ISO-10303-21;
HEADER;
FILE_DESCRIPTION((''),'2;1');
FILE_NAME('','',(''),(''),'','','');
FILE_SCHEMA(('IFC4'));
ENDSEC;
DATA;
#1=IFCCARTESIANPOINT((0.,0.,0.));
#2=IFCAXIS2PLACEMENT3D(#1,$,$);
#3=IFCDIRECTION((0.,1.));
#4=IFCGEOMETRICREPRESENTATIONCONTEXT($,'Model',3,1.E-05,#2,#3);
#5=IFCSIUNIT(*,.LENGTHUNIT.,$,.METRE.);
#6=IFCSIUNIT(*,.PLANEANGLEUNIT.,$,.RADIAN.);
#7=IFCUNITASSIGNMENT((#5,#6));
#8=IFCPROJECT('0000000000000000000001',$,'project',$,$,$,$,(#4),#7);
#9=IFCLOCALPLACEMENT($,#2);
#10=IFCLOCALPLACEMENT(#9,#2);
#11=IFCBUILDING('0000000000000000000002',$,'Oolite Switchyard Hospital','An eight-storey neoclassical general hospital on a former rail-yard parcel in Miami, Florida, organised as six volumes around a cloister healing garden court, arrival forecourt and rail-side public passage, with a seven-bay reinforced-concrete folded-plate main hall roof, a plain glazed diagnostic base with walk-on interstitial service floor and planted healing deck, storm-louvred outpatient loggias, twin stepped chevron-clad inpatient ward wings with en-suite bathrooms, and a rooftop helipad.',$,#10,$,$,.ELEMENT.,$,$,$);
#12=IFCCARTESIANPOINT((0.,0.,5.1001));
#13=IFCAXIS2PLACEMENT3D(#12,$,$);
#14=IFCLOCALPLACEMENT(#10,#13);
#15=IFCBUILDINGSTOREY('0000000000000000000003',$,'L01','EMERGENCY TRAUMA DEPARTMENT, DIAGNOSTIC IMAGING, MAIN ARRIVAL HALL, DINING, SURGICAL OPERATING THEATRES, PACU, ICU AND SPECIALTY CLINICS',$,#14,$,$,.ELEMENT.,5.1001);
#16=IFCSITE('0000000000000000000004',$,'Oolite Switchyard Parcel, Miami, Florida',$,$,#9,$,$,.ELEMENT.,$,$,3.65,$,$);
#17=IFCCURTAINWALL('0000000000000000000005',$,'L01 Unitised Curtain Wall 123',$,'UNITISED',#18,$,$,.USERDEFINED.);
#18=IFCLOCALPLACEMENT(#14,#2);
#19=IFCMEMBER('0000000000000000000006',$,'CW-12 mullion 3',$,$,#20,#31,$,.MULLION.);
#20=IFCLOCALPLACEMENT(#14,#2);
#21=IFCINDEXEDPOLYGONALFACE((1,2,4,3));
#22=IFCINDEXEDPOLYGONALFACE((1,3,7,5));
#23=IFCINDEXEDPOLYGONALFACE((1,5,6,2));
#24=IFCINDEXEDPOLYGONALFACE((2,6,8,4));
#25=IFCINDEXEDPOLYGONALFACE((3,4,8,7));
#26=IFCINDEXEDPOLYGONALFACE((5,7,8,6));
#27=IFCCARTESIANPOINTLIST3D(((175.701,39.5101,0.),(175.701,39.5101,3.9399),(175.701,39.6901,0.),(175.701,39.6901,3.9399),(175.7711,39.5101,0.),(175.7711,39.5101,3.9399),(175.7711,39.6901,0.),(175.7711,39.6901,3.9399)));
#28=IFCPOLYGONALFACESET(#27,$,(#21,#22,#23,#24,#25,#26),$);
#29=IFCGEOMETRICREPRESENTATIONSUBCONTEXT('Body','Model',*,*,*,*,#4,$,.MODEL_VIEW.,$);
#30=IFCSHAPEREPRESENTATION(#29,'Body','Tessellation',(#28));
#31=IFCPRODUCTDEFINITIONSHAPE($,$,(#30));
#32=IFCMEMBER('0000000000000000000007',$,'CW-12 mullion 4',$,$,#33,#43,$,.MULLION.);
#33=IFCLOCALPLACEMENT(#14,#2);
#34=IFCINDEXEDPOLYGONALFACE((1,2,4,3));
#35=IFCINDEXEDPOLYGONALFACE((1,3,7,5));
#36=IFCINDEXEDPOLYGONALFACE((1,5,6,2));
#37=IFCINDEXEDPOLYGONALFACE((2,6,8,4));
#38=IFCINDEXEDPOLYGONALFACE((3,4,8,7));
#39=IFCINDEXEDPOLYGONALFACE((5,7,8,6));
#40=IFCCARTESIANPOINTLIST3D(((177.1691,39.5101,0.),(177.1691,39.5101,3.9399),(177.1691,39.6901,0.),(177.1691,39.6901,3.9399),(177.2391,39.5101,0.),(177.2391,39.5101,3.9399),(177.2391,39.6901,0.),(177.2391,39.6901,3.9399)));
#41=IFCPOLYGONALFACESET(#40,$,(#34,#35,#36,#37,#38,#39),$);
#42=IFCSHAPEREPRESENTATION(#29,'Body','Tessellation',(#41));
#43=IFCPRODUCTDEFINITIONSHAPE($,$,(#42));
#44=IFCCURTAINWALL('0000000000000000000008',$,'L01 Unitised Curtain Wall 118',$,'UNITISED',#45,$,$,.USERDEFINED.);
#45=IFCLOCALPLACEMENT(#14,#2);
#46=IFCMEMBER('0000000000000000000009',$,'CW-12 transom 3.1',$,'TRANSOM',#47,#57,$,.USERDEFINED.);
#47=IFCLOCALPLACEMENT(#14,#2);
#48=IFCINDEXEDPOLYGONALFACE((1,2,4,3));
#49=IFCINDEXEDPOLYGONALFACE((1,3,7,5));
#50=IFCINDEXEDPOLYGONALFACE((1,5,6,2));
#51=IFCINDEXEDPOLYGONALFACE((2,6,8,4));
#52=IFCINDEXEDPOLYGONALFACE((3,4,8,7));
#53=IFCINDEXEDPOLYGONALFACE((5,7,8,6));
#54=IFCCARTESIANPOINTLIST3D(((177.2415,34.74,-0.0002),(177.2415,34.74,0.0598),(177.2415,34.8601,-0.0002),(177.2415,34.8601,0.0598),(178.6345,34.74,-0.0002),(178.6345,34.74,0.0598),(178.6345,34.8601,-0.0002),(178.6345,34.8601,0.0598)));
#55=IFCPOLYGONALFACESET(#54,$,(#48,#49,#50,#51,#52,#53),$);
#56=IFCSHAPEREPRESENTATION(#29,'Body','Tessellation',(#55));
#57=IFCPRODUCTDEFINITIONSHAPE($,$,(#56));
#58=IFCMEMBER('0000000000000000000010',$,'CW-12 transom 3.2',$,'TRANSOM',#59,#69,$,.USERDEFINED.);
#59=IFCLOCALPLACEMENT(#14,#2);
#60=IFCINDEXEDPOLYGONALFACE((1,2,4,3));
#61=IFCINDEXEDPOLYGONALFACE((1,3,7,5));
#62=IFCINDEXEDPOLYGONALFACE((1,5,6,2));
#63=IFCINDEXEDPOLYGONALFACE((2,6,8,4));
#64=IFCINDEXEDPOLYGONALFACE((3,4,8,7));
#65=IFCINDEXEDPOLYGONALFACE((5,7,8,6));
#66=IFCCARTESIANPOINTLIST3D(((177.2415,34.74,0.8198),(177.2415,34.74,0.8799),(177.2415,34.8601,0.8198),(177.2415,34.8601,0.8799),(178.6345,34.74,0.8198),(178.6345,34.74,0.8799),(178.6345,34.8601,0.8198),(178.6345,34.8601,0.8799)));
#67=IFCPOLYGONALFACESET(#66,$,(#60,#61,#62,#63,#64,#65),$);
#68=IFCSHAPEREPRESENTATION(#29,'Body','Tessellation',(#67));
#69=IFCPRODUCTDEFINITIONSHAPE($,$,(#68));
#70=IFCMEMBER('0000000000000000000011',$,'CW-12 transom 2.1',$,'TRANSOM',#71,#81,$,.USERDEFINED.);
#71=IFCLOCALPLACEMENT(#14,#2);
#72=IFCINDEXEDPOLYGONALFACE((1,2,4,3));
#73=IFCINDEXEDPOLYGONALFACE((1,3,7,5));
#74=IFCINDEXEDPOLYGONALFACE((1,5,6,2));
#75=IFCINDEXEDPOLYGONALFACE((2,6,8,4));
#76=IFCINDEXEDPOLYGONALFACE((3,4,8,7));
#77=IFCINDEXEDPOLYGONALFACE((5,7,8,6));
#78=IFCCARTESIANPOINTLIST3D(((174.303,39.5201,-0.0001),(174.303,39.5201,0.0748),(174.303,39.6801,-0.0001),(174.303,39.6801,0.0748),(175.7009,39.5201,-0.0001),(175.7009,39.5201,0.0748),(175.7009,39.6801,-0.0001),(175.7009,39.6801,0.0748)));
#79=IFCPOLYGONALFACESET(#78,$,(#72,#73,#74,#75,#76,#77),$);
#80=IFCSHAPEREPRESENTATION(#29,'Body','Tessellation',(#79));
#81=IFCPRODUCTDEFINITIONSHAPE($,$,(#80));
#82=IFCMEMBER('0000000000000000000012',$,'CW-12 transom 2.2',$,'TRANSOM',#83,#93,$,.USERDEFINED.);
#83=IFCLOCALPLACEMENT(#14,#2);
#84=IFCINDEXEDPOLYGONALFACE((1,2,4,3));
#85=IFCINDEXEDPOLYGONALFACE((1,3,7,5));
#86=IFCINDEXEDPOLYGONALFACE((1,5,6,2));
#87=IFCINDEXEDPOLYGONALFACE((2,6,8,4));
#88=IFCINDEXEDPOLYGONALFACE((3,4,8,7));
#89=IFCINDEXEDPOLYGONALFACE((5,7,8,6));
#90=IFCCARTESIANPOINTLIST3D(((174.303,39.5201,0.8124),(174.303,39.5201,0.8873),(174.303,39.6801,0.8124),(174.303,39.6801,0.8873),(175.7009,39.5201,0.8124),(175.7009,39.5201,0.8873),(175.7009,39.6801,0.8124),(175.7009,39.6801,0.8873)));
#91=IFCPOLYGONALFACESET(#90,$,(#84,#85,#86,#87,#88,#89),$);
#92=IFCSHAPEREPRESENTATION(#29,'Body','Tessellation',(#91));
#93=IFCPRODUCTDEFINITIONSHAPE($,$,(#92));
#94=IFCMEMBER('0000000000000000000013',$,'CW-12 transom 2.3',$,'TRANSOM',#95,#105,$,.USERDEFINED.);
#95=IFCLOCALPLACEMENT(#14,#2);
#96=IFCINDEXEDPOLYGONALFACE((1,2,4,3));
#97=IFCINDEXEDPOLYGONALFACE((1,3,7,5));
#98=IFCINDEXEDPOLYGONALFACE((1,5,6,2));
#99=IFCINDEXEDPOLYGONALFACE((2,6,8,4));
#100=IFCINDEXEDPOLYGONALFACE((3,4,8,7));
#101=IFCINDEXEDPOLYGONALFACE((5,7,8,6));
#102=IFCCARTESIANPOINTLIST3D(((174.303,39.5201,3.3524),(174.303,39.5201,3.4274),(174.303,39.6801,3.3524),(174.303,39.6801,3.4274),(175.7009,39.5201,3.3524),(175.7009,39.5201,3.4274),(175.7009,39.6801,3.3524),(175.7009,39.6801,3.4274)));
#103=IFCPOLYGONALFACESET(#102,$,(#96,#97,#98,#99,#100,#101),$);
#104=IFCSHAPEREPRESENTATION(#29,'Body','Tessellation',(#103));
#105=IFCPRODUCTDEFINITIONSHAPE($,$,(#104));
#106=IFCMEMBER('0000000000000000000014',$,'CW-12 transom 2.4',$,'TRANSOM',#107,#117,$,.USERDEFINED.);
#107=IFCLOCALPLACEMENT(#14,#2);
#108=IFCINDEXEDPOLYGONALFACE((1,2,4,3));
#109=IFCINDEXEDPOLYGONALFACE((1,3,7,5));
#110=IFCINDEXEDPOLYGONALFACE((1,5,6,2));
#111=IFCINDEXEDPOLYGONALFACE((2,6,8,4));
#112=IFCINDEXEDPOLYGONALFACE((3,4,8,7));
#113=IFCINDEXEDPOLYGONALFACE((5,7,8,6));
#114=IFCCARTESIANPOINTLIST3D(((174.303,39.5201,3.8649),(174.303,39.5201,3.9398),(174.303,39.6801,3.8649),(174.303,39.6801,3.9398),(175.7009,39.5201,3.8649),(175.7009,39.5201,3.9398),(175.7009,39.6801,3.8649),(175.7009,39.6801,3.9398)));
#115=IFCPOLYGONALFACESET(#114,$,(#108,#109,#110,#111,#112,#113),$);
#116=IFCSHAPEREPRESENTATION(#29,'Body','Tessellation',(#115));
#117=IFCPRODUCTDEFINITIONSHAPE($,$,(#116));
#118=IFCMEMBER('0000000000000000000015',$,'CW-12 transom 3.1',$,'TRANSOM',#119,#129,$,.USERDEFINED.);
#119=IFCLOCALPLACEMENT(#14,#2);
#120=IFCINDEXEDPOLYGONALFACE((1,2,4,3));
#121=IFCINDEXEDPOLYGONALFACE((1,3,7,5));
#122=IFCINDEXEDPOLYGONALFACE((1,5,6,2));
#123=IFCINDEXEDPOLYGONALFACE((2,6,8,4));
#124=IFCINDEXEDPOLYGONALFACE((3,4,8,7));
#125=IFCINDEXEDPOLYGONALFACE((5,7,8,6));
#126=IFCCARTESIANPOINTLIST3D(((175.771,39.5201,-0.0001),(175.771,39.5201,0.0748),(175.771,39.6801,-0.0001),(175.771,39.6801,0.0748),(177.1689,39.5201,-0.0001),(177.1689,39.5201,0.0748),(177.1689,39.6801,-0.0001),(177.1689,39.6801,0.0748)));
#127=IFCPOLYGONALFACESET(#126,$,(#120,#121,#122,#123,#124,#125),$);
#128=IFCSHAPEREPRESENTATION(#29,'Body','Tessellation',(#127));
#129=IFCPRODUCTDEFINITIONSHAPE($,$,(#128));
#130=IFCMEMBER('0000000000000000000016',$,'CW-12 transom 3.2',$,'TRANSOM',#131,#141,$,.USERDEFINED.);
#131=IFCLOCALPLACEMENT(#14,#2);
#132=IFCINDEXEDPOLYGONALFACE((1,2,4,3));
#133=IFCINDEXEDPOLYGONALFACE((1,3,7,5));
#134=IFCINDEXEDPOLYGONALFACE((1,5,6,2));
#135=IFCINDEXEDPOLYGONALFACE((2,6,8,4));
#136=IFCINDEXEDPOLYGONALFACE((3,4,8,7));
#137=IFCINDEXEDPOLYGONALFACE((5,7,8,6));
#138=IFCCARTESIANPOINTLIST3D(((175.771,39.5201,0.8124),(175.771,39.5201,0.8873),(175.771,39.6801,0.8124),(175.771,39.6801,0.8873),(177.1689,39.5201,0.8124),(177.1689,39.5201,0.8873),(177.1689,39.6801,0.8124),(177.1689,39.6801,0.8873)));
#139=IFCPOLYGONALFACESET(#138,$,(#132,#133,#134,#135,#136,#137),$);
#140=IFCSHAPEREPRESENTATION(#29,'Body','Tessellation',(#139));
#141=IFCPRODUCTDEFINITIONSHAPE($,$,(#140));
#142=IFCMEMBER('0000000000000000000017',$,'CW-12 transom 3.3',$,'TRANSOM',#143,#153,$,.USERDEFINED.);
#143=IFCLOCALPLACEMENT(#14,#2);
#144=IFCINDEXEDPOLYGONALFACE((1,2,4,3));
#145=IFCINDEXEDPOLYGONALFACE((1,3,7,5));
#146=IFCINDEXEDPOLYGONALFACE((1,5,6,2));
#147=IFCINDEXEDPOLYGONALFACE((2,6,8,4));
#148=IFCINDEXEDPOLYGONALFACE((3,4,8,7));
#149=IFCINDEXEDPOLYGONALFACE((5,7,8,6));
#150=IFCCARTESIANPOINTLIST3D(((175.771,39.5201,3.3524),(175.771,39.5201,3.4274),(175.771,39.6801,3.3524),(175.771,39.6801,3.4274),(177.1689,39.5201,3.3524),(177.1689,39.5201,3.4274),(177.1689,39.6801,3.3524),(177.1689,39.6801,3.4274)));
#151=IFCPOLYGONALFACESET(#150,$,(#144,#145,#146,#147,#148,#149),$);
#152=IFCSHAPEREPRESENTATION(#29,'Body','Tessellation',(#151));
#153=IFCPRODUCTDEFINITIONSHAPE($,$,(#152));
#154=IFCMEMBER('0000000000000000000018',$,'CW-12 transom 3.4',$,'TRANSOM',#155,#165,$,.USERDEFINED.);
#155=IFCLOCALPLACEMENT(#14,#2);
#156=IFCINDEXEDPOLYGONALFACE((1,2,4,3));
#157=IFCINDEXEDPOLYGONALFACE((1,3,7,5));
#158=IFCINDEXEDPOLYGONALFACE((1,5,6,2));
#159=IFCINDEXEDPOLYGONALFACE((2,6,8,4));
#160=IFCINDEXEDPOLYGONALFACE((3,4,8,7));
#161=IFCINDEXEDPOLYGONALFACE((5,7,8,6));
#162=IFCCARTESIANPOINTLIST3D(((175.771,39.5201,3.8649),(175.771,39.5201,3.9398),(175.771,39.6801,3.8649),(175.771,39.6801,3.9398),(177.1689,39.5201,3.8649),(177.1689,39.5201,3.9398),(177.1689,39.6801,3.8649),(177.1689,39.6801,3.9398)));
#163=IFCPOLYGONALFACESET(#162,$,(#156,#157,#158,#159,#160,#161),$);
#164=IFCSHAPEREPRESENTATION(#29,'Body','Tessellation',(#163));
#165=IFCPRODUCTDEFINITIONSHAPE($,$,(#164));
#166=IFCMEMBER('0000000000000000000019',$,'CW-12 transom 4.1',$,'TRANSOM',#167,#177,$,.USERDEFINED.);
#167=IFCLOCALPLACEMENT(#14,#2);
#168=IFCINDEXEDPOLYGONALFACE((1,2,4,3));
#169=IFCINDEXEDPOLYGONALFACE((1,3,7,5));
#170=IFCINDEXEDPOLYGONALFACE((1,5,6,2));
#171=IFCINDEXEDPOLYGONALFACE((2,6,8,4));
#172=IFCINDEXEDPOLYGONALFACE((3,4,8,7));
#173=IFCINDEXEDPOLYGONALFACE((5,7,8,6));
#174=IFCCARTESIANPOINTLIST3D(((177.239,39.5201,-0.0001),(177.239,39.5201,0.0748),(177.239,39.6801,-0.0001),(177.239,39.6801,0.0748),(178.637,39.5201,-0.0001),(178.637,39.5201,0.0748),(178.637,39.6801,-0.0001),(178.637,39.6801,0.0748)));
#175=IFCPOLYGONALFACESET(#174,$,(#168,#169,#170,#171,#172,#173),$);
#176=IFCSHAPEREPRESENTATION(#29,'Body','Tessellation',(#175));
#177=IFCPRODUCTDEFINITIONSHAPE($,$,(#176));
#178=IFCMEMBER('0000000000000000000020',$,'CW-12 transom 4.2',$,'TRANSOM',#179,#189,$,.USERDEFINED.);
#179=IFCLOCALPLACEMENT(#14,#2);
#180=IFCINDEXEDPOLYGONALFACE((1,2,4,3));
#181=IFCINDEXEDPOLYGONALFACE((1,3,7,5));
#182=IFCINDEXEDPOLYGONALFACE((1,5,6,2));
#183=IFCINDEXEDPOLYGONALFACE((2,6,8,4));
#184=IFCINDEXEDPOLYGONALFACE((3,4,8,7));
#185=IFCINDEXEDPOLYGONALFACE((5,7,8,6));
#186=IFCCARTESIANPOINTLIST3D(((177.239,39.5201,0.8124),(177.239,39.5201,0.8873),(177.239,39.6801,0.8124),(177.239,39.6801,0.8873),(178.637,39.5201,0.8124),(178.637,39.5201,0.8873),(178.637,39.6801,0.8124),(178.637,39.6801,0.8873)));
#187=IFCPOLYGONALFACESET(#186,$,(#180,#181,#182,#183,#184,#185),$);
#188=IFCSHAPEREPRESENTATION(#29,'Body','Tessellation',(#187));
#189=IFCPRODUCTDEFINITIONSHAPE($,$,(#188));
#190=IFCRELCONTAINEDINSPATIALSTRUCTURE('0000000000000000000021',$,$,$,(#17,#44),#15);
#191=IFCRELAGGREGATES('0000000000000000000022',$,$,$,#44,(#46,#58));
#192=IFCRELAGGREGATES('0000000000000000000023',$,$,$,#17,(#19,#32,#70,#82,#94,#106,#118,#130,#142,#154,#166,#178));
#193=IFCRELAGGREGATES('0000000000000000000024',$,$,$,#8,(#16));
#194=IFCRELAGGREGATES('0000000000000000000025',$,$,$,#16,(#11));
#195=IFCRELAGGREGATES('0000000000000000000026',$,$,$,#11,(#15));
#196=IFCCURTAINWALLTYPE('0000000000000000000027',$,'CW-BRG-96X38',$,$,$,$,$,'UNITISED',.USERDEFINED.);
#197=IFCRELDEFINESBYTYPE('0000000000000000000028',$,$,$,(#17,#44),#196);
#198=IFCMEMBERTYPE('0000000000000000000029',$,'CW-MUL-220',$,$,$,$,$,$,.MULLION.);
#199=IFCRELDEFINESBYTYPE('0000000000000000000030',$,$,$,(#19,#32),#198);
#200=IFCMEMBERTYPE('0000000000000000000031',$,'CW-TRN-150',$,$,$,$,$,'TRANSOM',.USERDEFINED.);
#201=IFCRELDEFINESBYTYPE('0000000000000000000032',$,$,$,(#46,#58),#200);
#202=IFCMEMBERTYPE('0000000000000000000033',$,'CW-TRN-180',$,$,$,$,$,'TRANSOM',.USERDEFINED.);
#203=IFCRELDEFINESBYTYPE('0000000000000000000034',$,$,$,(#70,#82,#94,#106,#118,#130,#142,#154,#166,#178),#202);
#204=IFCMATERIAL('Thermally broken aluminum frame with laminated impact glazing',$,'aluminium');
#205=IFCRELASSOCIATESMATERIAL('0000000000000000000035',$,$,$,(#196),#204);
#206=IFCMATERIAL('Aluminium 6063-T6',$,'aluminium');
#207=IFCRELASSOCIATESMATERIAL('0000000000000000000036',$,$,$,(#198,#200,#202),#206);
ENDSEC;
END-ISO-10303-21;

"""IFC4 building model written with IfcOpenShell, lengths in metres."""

from ifc_helpers import new_model, si_unit, direction, frame, origin, origin_2d, place, context, subcontext, project, spatial, rectangle, extrude, material, material_profile, profile_set, type_object, element, aggregate, save


model = new_model("IFC4")

# Units and contexts
model_context = context("Model", 3, precision=1e-05, world=origin(), true_north=direction((0.0, 1.0)))
body_context = subcontext(model_context, "Body", "Model", "MODEL_VIEW")
ifc_project = project(units=[si_unit("LENGTHUNIT", "METRE"), si_unit("PLANEANGLEUNIT", "RADIAN")], contexts=[model_context])

# Site, building, storey
site_placement = place(None, origin())
site = spatial("IfcSite", under=ifc_project, at=site_placement, Name="Oolite Switchyard Parcel, Miami, Florida", CompositionType="ELEMENT", RefElevation=3.65)
building_placement = place(site_placement, origin())
building = spatial("IfcBuilding", under=site, at=building_placement, Name="Oolite Switchyard Hospital", Description="An eight-storey neoclassical general hospital on a former rail-yard parcel in Miami, Florida, organised as six volumes around a cloister healing garden court, arrival forecourt and rail-side public passage, with a seven-bay reinforced-concrete folded-plate main hall roof, a plain glazed diagnostic base with walk-on interstitial service floor and planted healing deck, storm-louvred outpatient loggias, twin stepped chevron-clad inpatient ward wings with en-suite bathrooms, and a rooftop helipad.", CompositionType="ELEMENT")
storey_placement = place(building_placement, frame((0.0, 0.0, 5.1001)))
storey = spatial("IfcBuildingStorey", under=building, at=storey_placement, Name="L01", Description="EMERGENCY TRAUMA DEPARTMENT, DIAGNOSTIC IMAGING, MAIN ARRIVAL HALL, DINING, SURGICAL OPERATING THEATRES, PACU, ICU AND SPECIALTY CLINICS", CompositionType="ELEMENT", Elevation=5.1001)

# Curtain walls, members
ifc_material_1 = material(Name="Thermally broken aluminum frame with laminated impact glazing", Category="aluminium")
curtain_wall_type = type_object("IfcCurtainWallType", Name="CW-BRG-96X38", ElementType="UNITISED", PredefinedType="USERDEFINED", material=ifc_material_1)
curtain_wall_1_placement = place(storey_placement, origin())
curtain_wall_1 = element("IfcCurtainWall", 1, at=curtain_wall_1_placement, inside=storey, type_object=curtain_wall_type, Name="L01 Unitised Curtain Wall 123", ObjectType="UNITISED", PredefinedType="USERDEFINED")
ifc_material_2 = material(Name="Aluminium 6063-T6", Category="aluminium")
ifc_material_profile_1 = material_profile(ifc_material_2, rectangle(XDim=0.1799, YDim=0.0701, at=origin_2d()), Name="CWM70X180")
ifc_profile_set_1 = profile_set([ifc_material_profile_1], Name="Aluminium 6063-T6")
member_type_1 = type_object("IfcMemberType", Name="CW-MUL-220", PredefinedType="MULLION", material=ifc_profile_set_1)
member_1_placement = place(storey_placement, frame((175.7361, 39.6001, 0.0), z_axis=(0.0, 0.0, 1.0), x_axis=(0.0, 1.0, 0.0)))
member_1 = element("IfcMember", 2, at=member_1_placement, type_object=member_type_1, Name="CW-12 mullion 3", PredefinedType="MULLION", context=body_context, shape_type="SweptSolid", body=[
    extrude(rectangle(XDim=0.1799, YDim=0.0701, at=origin_2d()), origin(), (0.0, 0.0, 1.0), 3.9399),
])
member_2_placement = place(storey_placement, frame((177.2041, 39.6001, 0.0), z_axis=(0.0, 0.0, 1.0), x_axis=(0.0, 1.0, 0.0)))
member_2 = element("IfcMember", 3, at=member_2_placement, type_object=member_type_1, Name="CW-12 mullion 4", PredefinedType="MULLION", context=body_context, shape_type="SweptSolid", body=[
    extrude(rectangle(XDim=0.1799, YDim=0.0701, at=origin_2d()), origin(), (0.0, 0.0, 1.0), 3.9399),
])
curtain_wall_2_placement = place(storey_placement, origin())
curtain_wall_2 = element("IfcCurtainWall", 4, at=curtain_wall_2_placement, inside=storey, type_object=curtain_wall_type, Name="L01 Unitised Curtain Wall 118", ObjectType="UNITISED", PredefinedType="USERDEFINED")
ifc_material_profile_2 = material_profile(ifc_material_2, rectangle(XDim=0.1201, YDim=0.0601, at=origin_2d()), Name="CWT60X120")
ifc_profile_set_2 = profile_set([ifc_material_profile_2], Name="Aluminium 6063-T6")
member_type_2 = type_object("IfcMemberType", Name="CW-TRN-150", ElementType="TRANSOM", PredefinedType="USERDEFINED", material=ifc_profile_set_2)
member_3_placement = place(storey_placement, frame((178.6345, 34.8, 0.0298), z_axis=(-1.0, 0.0, 0.0), x_axis=(0.0, -1.0, 0.0)))
member_3 = element("IfcMember", 5, at=member_3_placement, type_object=member_type_2, Name="CW-12 transom 3.1", ObjectType="TRANSOM", PredefinedType="USERDEFINED", context=body_context, shape_type="SweptSolid", body=[
    extrude(rectangle(XDim=0.1201, YDim=0.0601, at=origin_2d()), origin(), (0.0, 0.0, 1.0), 1.3931),
])
member_4_placement = place(storey_placement, frame((178.6345, 34.8, 0.8499), z_axis=(-1.0, 0.0, 0.0), x_axis=(0.0, -1.0, 0.0)))
member_4 = element("IfcMember", 6, at=member_4_placement, type_object=member_type_2, Name="CW-12 transom 3.2", ObjectType="TRANSOM", PredefinedType="USERDEFINED", context=body_context, shape_type="SweptSolid", body=[
    extrude(rectangle(XDim=0.1201, YDim=0.0601, at=origin_2d()), origin(), (0.0, 0.0, 1.0), 1.3931),
])
aggregate(curtain_wall_2, [member_3, member_4])

# Members
ifc_material_profile_3 = material_profile(ifc_material_2, rectangle(XDim=0.1599, YDim=0.075, at=origin_2d()), Name="CWT75X160")
ifc_profile_set_3 = profile_set([ifc_material_profile_3], Name="Aluminium 6063-T6")
member_type_3 = type_object("IfcMemberType", Name="CW-TRN-180", ElementType="TRANSOM", PredefinedType="USERDEFINED", material=ifc_profile_set_3)
member_5_placement = place(storey_placement, frame((174.303, 39.6001, 0.0374), z_axis=(1.0, 0.0, 0.0), x_axis=(0.0, 1.0, 0.0)))
member_5 = element("IfcMember", 7, at=member_5_placement, type_object=member_type_3, Name="CW-12 transom 2.1", ObjectType="TRANSOM", PredefinedType="USERDEFINED", context=body_context, shape_type="SweptSolid", body=[
    extrude(rectangle(XDim=0.1599, YDim=0.075, at=origin_2d()), origin(), (0.0, 0.0, 1.0), 1.3979),
])
member_6_placement = place(storey_placement, frame((174.303, 39.6001, 0.8499), z_axis=(1.0, 0.0, 0.0), x_axis=(0.0, 1.0, 0.0)))
member_6 = element("IfcMember", 8, at=member_6_placement, type_object=member_type_3, Name="CW-12 transom 2.2", ObjectType="TRANSOM", PredefinedType="USERDEFINED", context=body_context, shape_type="SweptSolid", body=[
    extrude(rectangle(XDim=0.1599, YDim=0.075, at=origin_2d()), origin(), (0.0, 0.0, 1.0), 1.3979),
])
member_7_placement = place(storey_placement, frame((174.303, 39.6001, 3.3899), z_axis=(1.0, 0.0, 0.0), x_axis=(0.0, 1.0, 0.0)))
member_7 = element("IfcMember", 9, at=member_7_placement, type_object=member_type_3, Name="CW-12 transom 2.3", ObjectType="TRANSOM", PredefinedType="USERDEFINED", context=body_context, shape_type="SweptSolid", body=[
    extrude(rectangle(XDim=0.1599, YDim=0.075, at=origin_2d()), origin(), (0.0, 0.0, 1.0), 1.3979),
])
member_8_placement = place(storey_placement, frame((174.303, 39.6001, 3.9023), z_axis=(1.0, 0.0, 0.0), x_axis=(0.0, 1.0, 0.0)))
member_8 = element("IfcMember", 10, at=member_8_placement, type_object=member_type_3, Name="CW-12 transom 2.4", ObjectType="TRANSOM", PredefinedType="USERDEFINED", context=body_context, shape_type="SweptSolid", body=[
    extrude(rectangle(XDim=0.1599, YDim=0.075, at=origin_2d()), origin(), (0.0, 0.0, 1.0), 1.3979),
])
member_9_placement = place(storey_placement, frame((175.771, 39.6001, 0.0374), z_axis=(1.0, 0.0, 0.0), x_axis=(0.0, 1.0, 0.0)))
member_9 = element("IfcMember", 11, at=member_9_placement, type_object=member_type_3, Name="CW-12 transom 3.1", ObjectType="TRANSOM", PredefinedType="USERDEFINED", context=body_context, shape_type="SweptSolid", body=[
    extrude(rectangle(XDim=0.1599, YDim=0.075, at=origin_2d()), origin(), (0.0, 0.0, 1.0), 1.3979),
])
member_10_placement = place(storey_placement, frame((175.771, 39.6001, 0.8499), z_axis=(1.0, 0.0, 0.0), x_axis=(0.0, 1.0, 0.0)))
member_10 = element("IfcMember", 12, at=member_10_placement, type_object=member_type_3, Name="CW-12 transom 3.2", ObjectType="TRANSOM", PredefinedType="USERDEFINED", context=body_context, shape_type="SweptSolid", body=[
    extrude(rectangle(XDim=0.1599, YDim=0.075, at=origin_2d()), origin(), (0.0, 0.0, 1.0), 1.3979),
])
member_11_placement = place(storey_placement, frame((175.771, 39.6001, 3.3899), z_axis=(1.0, 0.0, 0.0), x_axis=(0.0, 1.0, 0.0)))
member_11 = element("IfcMember", 13, at=member_11_placement, type_object=member_type_3, Name="CW-12 transom 3.3", ObjectType="TRANSOM", PredefinedType="USERDEFINED", context=body_context, shape_type="SweptSolid", body=[
    extrude(rectangle(XDim=0.1599, YDim=0.075, at=origin_2d()), origin(), (0.0, 0.0, 1.0), 1.3979),
])
member_12_placement = place(storey_placement, frame((175.771, 39.6001, 3.9023), z_axis=(1.0, 0.0, 0.0), x_axis=(0.0, 1.0, 0.0)))
member_12 = element("IfcMember", 14, at=member_12_placement, type_object=member_type_3, Name="CW-12 transom 3.4", ObjectType="TRANSOM", PredefinedType="USERDEFINED", context=body_context, shape_type="SweptSolid", body=[
    extrude(rectangle(XDim=0.1599, YDim=0.075, at=origin_2d()), origin(), (0.0, 0.0, 1.0), 1.3979),
])
member_13_placement = place(storey_placement, frame((177.239, 39.6001, 0.0374), z_axis=(1.0, 0.0, 0.0), x_axis=(0.0, 1.0, 0.0)))
member_13 = element("IfcMember", 15, at=member_13_placement, type_object=member_type_3, Name="CW-12 transom 4.1", ObjectType="TRANSOM", PredefinedType="USERDEFINED", context=body_context, shape_type="SweptSolid", body=[
    extrude(rectangle(XDim=0.1599, YDim=0.075, at=origin_2d()), origin(), (0.0, 0.0, 1.0), 1.3979),
])
member_14_placement = place(storey_placement, frame((177.239, 39.6001, 0.8499), z_axis=(1.0, 0.0, 0.0), x_axis=(0.0, 1.0, 0.0)))
member_14 = element("IfcMember", 16, at=member_14_placement, type_object=member_type_3, Name="CW-12 transom 4.2", ObjectType="TRANSOM", PredefinedType="USERDEFINED", context=body_context, shape_type="SweptSolid", body=[
    extrude(rectangle(XDim=0.1599, YDim=0.075, at=origin_2d()), origin(), (0.0, 0.0, 1.0), 1.3979),
])

aggregate(curtain_wall_1, [member_1, member_2, member_5, member_6, member_7, member_8, member_9, member_10, member_11, member_12, member_13, member_14])

save(model, "model.ifc")
